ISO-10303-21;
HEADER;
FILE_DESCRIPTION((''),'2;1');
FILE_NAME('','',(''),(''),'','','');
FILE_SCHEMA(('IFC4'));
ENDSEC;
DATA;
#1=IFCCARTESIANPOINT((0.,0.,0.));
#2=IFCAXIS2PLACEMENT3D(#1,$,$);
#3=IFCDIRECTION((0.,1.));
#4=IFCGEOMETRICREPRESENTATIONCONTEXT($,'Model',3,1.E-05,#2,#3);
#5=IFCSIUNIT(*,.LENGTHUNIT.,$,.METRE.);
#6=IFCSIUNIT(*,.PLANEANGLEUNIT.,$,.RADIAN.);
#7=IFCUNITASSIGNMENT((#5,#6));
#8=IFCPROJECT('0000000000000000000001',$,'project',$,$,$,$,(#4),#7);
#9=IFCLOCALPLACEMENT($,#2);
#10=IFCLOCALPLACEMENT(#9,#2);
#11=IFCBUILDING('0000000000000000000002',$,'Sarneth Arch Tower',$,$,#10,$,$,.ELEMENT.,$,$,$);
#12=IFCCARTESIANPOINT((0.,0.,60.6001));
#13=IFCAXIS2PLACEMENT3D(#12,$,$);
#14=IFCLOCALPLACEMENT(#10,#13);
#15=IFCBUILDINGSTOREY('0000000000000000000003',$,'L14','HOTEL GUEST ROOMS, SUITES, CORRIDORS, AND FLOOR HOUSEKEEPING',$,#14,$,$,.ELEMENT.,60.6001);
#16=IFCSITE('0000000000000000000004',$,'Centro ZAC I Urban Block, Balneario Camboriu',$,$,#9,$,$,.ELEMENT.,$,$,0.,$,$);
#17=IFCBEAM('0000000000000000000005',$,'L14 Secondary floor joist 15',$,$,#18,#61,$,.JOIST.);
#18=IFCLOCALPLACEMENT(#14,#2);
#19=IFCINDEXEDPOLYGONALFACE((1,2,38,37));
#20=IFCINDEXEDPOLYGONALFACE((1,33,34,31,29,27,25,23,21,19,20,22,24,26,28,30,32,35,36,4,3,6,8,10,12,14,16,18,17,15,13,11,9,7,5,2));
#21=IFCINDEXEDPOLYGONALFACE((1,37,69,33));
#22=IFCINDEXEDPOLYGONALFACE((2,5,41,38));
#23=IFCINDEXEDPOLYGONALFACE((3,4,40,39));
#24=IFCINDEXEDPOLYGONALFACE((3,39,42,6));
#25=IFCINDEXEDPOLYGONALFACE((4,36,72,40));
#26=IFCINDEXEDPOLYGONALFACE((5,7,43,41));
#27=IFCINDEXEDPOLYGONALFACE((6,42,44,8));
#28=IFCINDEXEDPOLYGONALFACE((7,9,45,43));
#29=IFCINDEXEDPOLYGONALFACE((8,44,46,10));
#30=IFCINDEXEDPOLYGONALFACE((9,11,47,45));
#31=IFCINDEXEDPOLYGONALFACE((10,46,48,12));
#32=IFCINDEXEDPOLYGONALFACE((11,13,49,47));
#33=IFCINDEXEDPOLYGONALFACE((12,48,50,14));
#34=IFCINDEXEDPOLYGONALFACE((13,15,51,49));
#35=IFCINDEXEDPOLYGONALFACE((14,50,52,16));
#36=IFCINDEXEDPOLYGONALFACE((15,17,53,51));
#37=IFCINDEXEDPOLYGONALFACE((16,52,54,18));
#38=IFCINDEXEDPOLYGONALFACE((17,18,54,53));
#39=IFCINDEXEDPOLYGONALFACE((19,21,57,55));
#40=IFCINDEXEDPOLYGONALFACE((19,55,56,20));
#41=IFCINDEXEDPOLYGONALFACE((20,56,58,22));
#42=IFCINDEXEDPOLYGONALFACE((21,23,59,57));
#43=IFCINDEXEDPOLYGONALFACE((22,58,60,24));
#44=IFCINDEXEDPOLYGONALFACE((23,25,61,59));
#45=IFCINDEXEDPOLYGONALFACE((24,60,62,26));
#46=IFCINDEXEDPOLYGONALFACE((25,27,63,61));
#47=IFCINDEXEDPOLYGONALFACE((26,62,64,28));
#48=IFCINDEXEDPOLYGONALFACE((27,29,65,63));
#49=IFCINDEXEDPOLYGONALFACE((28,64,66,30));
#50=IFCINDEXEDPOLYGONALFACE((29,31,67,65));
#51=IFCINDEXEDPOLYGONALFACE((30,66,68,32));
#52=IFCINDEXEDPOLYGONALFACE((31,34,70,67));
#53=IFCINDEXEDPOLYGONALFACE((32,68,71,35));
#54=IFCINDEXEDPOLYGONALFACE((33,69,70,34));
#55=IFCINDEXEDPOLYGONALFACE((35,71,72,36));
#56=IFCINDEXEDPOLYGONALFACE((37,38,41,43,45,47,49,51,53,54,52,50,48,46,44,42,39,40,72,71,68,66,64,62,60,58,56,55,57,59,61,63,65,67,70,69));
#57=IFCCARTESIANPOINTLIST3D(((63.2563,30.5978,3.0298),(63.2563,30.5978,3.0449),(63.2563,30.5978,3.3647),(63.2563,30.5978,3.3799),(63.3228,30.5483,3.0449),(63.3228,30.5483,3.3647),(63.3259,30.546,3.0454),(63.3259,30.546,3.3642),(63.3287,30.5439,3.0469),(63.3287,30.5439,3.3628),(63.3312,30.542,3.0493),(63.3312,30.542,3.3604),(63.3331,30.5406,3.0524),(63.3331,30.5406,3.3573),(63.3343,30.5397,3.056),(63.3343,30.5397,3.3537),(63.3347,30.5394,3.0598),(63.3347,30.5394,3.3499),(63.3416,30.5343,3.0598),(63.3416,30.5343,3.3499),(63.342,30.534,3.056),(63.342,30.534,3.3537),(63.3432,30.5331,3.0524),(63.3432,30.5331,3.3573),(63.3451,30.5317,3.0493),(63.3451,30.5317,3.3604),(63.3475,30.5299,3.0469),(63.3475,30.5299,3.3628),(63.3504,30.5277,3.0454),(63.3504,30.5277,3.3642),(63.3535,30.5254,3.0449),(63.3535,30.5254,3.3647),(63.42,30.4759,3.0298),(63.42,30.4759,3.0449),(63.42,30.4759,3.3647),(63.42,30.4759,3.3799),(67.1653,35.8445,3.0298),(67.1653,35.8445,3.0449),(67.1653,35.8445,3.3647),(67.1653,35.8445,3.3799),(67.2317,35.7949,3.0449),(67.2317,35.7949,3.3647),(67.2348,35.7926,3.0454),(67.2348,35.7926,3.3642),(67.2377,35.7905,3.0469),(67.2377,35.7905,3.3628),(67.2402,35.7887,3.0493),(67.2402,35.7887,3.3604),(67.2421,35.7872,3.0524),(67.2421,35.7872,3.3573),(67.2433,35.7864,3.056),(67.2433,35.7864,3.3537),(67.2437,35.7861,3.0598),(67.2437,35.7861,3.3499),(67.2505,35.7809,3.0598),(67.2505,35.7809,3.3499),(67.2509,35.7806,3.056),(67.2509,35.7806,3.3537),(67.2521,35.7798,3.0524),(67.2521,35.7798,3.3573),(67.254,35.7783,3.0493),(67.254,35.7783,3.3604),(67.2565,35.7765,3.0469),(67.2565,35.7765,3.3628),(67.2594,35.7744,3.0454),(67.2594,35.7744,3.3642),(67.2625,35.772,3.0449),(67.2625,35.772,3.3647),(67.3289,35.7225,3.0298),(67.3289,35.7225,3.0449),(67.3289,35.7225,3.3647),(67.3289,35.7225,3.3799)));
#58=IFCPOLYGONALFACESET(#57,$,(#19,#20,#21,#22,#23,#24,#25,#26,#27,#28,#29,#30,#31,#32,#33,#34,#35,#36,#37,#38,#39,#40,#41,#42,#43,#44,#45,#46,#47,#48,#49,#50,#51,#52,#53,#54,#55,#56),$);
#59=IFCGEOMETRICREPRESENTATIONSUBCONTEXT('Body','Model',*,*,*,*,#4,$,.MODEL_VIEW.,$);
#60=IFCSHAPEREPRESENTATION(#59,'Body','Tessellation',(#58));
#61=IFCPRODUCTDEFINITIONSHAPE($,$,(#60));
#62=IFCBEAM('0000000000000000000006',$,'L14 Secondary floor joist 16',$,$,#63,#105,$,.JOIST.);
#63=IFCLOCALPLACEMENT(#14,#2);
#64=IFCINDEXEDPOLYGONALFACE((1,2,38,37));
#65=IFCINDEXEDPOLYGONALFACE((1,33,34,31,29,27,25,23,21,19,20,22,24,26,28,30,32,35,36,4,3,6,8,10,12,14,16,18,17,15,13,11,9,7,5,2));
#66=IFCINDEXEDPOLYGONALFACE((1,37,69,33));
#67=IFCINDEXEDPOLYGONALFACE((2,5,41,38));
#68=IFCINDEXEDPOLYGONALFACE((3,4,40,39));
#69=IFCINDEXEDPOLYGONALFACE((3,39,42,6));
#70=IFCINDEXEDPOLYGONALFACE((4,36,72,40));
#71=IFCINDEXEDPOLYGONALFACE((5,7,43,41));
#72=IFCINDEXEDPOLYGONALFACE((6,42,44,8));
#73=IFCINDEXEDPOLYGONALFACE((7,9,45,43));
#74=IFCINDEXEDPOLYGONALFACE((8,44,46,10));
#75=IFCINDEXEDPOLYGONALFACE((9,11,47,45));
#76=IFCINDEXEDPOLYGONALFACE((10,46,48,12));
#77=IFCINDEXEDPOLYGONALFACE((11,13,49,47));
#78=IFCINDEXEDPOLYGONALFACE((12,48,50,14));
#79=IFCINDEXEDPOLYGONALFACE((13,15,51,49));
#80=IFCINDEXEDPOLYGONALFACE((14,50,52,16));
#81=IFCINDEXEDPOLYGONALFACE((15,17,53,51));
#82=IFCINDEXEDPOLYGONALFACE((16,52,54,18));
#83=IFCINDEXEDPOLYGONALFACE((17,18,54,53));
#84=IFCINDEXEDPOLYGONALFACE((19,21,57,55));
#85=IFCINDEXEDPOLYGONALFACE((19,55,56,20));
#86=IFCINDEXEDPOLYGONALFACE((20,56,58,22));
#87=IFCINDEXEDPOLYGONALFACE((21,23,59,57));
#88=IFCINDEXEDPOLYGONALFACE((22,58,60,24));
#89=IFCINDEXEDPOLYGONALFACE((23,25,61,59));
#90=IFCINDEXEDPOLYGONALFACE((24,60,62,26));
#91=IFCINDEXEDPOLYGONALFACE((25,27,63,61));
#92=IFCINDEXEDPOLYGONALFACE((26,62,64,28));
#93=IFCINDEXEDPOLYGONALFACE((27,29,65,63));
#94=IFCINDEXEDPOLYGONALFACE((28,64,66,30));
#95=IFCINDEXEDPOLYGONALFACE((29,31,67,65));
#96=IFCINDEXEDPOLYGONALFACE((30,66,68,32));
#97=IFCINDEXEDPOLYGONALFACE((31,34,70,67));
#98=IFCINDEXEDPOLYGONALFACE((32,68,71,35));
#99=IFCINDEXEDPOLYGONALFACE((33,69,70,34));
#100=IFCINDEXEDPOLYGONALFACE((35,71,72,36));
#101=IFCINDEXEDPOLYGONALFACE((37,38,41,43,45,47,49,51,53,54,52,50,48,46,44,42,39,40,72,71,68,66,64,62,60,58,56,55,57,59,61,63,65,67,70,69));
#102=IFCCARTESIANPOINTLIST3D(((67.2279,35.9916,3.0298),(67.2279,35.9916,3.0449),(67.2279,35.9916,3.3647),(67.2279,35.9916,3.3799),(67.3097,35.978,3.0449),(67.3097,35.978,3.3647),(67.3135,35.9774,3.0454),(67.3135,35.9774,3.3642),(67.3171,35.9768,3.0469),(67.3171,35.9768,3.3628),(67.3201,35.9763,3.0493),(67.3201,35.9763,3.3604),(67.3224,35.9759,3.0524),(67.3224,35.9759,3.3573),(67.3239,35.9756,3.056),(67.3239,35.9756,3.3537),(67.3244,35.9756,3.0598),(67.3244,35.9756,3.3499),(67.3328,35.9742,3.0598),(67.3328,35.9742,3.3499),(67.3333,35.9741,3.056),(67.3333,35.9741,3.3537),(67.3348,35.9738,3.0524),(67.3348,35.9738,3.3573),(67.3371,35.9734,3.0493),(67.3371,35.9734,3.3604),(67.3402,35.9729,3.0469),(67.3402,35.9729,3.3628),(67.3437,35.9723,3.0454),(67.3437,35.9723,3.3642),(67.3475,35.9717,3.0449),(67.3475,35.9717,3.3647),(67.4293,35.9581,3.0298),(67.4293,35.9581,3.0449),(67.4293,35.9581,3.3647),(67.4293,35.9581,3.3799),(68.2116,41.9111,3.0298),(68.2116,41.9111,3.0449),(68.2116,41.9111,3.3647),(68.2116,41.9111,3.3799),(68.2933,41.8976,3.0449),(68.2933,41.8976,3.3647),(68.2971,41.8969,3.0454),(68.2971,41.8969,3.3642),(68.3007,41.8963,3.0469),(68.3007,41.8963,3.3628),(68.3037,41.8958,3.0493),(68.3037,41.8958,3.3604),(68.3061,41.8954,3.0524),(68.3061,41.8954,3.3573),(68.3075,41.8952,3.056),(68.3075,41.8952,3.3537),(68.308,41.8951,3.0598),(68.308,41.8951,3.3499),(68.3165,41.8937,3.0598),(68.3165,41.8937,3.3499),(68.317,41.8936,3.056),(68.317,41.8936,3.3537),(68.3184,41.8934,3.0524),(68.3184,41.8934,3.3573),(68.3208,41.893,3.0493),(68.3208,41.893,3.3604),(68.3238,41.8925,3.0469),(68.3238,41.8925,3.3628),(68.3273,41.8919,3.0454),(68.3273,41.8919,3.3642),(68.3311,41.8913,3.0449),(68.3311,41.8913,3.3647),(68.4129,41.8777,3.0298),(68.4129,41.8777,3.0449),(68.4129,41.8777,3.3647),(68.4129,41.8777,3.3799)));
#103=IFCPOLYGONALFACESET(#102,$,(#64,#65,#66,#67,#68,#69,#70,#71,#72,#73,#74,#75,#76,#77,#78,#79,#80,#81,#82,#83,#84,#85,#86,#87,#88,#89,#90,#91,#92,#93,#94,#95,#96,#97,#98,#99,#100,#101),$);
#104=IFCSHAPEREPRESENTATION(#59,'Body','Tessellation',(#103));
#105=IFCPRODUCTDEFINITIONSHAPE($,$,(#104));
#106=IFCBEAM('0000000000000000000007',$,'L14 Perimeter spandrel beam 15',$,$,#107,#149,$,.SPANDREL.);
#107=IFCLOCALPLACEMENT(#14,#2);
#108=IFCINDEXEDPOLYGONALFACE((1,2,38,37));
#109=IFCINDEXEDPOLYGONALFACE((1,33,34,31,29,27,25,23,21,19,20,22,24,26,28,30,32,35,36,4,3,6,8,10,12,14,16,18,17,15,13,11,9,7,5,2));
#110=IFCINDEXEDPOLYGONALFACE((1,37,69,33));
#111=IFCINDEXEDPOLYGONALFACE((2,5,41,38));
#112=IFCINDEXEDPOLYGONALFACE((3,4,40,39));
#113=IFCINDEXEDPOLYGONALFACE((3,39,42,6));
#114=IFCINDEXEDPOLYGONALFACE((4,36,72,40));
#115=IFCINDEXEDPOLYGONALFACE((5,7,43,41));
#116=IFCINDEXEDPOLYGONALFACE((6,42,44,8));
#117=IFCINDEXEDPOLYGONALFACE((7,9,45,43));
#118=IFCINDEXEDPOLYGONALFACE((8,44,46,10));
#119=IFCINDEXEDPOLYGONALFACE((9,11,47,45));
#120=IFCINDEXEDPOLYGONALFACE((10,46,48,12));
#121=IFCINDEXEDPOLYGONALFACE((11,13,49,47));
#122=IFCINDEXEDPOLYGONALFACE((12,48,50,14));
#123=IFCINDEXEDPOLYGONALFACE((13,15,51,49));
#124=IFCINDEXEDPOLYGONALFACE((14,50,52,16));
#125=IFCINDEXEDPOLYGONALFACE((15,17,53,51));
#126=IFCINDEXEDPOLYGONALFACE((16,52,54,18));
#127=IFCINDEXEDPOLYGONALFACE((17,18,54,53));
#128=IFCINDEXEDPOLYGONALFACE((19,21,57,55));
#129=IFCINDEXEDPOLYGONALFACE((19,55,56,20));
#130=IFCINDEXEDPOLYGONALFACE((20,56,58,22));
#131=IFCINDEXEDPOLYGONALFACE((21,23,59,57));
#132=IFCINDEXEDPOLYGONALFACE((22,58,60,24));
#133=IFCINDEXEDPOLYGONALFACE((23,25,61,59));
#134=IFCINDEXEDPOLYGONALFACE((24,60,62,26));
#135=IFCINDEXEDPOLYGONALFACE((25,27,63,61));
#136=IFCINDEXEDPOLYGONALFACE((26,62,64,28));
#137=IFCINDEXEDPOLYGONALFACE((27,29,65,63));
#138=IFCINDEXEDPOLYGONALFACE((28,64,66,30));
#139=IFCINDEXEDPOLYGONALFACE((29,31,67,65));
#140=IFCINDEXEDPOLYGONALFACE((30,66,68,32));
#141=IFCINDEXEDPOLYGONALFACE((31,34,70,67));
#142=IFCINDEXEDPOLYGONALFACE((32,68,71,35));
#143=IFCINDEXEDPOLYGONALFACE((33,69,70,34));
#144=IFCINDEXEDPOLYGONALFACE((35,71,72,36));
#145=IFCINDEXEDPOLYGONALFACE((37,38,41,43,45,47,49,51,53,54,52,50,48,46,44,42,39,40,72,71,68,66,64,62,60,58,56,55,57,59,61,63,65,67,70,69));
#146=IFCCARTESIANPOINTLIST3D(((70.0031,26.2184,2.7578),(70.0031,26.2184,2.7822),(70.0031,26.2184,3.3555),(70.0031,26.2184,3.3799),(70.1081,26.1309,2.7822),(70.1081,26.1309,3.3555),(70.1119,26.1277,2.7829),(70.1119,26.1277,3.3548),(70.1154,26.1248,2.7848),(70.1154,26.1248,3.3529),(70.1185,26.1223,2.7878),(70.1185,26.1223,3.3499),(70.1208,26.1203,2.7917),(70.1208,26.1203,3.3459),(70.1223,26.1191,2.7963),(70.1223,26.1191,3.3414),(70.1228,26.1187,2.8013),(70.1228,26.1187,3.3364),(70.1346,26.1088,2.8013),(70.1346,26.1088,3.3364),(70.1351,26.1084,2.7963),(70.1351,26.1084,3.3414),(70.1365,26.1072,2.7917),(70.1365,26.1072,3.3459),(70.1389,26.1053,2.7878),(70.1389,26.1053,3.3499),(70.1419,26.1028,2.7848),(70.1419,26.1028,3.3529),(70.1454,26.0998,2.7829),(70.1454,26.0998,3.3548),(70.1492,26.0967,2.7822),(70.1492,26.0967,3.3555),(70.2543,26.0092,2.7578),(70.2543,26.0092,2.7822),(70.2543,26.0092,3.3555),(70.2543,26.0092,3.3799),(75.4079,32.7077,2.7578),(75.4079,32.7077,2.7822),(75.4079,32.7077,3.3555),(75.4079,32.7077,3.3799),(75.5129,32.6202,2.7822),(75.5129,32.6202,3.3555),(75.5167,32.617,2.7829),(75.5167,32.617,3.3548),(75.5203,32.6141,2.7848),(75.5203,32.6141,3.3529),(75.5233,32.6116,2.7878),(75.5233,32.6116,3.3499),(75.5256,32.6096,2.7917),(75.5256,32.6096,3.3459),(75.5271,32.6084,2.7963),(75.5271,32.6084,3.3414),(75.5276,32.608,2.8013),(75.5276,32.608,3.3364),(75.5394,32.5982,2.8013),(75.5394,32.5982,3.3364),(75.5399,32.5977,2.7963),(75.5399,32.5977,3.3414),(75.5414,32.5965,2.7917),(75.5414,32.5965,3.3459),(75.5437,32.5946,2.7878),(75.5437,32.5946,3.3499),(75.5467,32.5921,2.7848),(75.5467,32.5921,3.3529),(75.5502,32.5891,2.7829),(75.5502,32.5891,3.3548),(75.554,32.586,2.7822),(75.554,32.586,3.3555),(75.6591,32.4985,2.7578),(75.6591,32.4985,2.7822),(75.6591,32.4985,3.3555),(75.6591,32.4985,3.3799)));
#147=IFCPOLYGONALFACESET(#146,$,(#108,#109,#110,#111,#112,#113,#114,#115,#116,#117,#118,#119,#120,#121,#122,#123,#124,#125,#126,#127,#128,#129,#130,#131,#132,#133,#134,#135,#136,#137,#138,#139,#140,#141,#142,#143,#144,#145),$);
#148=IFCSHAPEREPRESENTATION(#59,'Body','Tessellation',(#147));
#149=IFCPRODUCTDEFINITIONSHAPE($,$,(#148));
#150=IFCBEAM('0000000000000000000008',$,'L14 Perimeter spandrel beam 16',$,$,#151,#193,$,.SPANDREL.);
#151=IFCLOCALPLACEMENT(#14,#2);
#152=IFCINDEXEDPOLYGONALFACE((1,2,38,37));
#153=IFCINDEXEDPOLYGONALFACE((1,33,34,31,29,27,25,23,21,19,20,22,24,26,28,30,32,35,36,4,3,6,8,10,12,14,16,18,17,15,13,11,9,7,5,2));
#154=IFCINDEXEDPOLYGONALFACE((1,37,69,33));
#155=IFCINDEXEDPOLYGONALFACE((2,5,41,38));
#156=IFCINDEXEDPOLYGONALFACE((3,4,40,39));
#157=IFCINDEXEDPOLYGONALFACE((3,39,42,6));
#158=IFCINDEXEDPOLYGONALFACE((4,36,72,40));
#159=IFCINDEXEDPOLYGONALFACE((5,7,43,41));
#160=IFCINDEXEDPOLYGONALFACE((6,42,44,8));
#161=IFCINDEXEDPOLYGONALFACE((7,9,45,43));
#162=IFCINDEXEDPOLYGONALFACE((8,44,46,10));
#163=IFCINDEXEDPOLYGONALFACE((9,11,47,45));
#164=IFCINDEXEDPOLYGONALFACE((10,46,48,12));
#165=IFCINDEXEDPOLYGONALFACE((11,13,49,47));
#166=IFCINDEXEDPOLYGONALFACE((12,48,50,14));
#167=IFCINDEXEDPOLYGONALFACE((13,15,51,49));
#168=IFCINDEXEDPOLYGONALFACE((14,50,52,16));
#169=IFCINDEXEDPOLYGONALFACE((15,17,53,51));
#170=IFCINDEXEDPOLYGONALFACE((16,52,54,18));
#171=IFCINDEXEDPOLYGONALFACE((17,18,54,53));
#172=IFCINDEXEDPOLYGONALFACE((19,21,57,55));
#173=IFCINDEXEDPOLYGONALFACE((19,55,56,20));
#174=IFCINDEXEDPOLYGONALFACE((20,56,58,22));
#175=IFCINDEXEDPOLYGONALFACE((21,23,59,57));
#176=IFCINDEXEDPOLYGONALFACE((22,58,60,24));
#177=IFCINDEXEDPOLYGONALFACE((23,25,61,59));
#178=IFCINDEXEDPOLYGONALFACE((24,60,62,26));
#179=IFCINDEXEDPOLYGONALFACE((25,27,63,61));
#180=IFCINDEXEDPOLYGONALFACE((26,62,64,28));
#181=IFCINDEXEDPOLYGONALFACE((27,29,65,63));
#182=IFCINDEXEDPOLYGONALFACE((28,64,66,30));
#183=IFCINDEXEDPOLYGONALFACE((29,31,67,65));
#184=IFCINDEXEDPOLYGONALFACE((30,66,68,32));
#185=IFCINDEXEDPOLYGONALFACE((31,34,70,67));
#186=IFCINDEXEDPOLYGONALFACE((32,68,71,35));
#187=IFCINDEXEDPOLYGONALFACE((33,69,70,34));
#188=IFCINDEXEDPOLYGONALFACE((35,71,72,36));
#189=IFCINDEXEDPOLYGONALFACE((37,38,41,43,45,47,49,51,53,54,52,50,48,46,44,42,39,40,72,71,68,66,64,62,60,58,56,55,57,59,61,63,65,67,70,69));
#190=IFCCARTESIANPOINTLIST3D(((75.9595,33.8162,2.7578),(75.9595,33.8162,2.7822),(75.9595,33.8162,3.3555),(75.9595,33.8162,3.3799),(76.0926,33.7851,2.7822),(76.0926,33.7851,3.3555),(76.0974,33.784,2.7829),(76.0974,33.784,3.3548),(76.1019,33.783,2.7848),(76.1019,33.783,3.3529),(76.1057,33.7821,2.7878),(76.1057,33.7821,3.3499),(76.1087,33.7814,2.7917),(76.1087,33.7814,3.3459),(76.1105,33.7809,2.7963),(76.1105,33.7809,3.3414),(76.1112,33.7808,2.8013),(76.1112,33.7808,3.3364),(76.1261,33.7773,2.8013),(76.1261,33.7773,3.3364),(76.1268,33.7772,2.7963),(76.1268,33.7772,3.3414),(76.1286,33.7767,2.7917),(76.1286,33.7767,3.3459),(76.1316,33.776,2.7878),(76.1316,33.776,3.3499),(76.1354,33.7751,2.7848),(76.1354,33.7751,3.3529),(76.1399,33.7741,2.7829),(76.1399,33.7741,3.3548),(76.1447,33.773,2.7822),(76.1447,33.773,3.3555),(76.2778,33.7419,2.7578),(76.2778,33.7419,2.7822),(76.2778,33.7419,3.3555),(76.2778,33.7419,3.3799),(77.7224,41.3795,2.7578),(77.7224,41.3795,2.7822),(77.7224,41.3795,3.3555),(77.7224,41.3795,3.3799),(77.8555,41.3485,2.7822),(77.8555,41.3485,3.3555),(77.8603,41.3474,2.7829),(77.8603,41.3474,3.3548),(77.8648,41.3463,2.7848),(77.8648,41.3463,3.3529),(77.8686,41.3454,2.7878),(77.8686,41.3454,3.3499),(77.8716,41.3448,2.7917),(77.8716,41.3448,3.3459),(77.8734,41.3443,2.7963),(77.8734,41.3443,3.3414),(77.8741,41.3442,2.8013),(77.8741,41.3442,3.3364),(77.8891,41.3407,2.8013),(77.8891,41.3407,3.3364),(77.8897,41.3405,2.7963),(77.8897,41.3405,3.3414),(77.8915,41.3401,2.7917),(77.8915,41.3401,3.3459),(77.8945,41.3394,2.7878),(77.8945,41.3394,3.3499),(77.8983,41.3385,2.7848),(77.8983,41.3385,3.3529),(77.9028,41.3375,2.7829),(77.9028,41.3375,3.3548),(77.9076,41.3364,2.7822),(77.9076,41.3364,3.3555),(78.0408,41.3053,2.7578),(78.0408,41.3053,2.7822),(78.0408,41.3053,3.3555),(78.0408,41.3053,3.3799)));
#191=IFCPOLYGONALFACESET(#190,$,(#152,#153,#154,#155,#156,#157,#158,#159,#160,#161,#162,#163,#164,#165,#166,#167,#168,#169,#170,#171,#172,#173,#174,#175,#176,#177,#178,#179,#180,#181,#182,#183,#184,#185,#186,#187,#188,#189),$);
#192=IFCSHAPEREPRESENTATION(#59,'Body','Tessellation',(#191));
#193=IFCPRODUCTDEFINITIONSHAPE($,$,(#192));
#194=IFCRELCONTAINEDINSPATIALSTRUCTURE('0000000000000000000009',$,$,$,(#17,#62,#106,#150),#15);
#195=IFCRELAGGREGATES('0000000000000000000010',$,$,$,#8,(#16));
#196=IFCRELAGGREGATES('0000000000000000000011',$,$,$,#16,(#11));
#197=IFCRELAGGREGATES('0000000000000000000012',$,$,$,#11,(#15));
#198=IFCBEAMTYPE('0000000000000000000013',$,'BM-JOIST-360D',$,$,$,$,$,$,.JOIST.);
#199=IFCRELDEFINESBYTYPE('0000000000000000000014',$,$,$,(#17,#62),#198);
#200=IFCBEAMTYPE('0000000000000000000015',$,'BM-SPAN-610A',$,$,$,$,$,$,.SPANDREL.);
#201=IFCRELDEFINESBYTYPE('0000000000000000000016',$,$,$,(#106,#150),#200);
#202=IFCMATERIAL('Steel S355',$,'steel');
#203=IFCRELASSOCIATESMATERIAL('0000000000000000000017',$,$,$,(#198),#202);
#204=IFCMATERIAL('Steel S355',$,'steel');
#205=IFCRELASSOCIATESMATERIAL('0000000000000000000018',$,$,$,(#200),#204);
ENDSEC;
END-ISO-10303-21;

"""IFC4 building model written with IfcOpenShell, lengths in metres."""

from ifc_helpers import new_model, si_unit, direction, frame, origin, origin_2d, place, context, subcontext, project, spatial, i_section, extrude, material, material_profile, profile_set, type_object, element, save


model = new_model("IFC4")

# Units and contexts
model_context = context("Model", 3, precision=1e-05, world=origin(), true_north=direction((0.0, 1.0)))
body_context = subcontext(model_context, "Body", "Model", "MODEL_VIEW")
ifc_project = project(units=[si_unit("LENGTHUNIT", "METRE"), si_unit("PLANEANGLEUNIT", "RADIAN")], contexts=[model_context])

# Site, building, storey
site_placement = place(None, origin())
site = spatial("IfcSite", under=ifc_project, at=site_placement, Name="Centro ZAC I Urban Block, Balneario Camboriu", CompositionType="ELEMENT", RefElevation=0.0)
building_placement = place(site_placement, origin())
building = spatial("IfcBuilding", under=site, at=building_placement, Name="Sarneth Arch Tower", CompositionType="ELEMENT")
storey_placement = place(building_placement, frame((0.0, 0.0, 60.6001)))
storey = spatial("IfcBuildingStorey", under=building, at=storey_placement, Name="L14", Description="HOTEL GUEST ROOMS, SUITES, CORRIDORS, AND FLOOR HOUSEKEEPING", CompositionType="ELEMENT", Elevation=60.6001)

# Beams
ifc_material_1 = material(Name="Steel S355", Category="steel")
ifc_material_profile_1 = material_profile(ifc_material_1, i_section(OverallWidth=0.2041, OverallDepth=0.3501, WebThickness=0.0085, FlangeThickness=0.0151, FilletRadius=0.0149, at=origin_2d()), Name="W360x72")
ifc_profile_set_1 = profile_set([ifc_material_profile_1], Name="Steel S355")
beam_type_1 = type_object("IfcBeamType", Name="BM-JOIST-360D", PredefinedType="JOIST", material=ifc_profile_set_1)
beam_1_placement = place(storey_placement, frame((63.3381, 30.5369, 3.2048), z_axis=(0.597454, 0.801904, 0.0), x_axis=(-0.801904, 0.597454, 0.0)))
element("IfcBeam", 1, at=beam_1_placement, inside=storey, type_object=beam_type_1, Name="L14 Secondary floor joist 15", PredefinedType="JOIST", context=body_context, shape_type="SweptSolid", body=[
    extrude(i_section(OverallWidth=0.2041, OverallDepth=0.3501, WebThickness=0.0085, FlangeThickness=0.0151, FilletRadius=0.0149, at=origin_2d()), origin(), (0.0, 0.0, 1.0), 6.5427),
])
beam_2_placement = place(storey_placement, frame((67.3286, 35.9749, 3.2048), z_axis=(0.163917, 0.986474, 0.0), x_axis=(-0.986474, 0.163917, 0.0)))
element("IfcBeam", 2, at=beam_2_placement, inside=storey, type_object=beam_type_1, Name="L14 Secondary floor joist 16", PredefinedType="JOIST", context=body_context, shape_type="SweptSolid", body=[
    extrude(i_section(OverallWidth=0.2041, OverallDepth=0.3501, WebThickness=0.0085, FlangeThickness=0.0151, FilletRadius=0.0149, at=origin_2d()), origin(), (0.0, 0.0, 1.0), 6.0007),
])
ifc_material_2 = material(Name="Steel S355", Category="steel")
ifc_material_profile_2 = material_profile(ifc_material_2, i_section(OverallWidth=0.3269, OverallDepth=0.6221, WebThickness=0.0154, FlangeThickness=0.0244, FilletRadius=0.019, at=origin_2d()), Name="W610x195")
ifc_profile_set_2 = profile_set([ifc_material_profile_2], Name="Steel S355")
beam_type_2 = type_object("IfcBeamType", Name="BM-SPAN-610A", PredefinedType="SPANDREL", material=ifc_profile_set_2)
beam_3_placement = place(storey_placement, frame((70.1287, 26.1138, 3.0688), z_axis=(0.63998, 0.768392, 0.0), x_axis=(-0.768392, 0.63998, 0.0)))
element("IfcBeam", 3, at=beam_3_placement, inside=storey, type_object=beam_type_2, Name="L14 Perimeter spandrel beam 15", PredefinedType="SPANDREL", context=body_context, shape_type="SweptSolid", body=[
    extrude(i_section(OverallWidth=0.3269, OverallDepth=0.6221, WebThickness=0.0154, FlangeThickness=0.0244, FilletRadius=0.019, at=origin_2d()), origin(), (0.0, 0.0, 1.0), 8.4453),
])
beam_4_placement = place(storey_placement, frame((76.1187, 33.7791, 3.0688), z_axis=(0.227001, 0.973895, 0.0), x_axis=(-0.973895, 0.227001, 0.0)))
element("IfcBeam", 4, at=beam_4_placement, inside=storey, type_object=beam_type_2, Name="L14 Perimeter spandrel beam 16", PredefinedType="SPANDREL", context=body_context, shape_type="SweptSolid", body=[
    extrude(i_section(OverallWidth=0.3269, OverallDepth=0.6221, WebThickness=0.0154, FlangeThickness=0.0244, FilletRadius=0.019, at=origin_2d()), origin(), (0.0, 0.0, 1.0), 7.7661),
])

save(model, "model.ifc")
